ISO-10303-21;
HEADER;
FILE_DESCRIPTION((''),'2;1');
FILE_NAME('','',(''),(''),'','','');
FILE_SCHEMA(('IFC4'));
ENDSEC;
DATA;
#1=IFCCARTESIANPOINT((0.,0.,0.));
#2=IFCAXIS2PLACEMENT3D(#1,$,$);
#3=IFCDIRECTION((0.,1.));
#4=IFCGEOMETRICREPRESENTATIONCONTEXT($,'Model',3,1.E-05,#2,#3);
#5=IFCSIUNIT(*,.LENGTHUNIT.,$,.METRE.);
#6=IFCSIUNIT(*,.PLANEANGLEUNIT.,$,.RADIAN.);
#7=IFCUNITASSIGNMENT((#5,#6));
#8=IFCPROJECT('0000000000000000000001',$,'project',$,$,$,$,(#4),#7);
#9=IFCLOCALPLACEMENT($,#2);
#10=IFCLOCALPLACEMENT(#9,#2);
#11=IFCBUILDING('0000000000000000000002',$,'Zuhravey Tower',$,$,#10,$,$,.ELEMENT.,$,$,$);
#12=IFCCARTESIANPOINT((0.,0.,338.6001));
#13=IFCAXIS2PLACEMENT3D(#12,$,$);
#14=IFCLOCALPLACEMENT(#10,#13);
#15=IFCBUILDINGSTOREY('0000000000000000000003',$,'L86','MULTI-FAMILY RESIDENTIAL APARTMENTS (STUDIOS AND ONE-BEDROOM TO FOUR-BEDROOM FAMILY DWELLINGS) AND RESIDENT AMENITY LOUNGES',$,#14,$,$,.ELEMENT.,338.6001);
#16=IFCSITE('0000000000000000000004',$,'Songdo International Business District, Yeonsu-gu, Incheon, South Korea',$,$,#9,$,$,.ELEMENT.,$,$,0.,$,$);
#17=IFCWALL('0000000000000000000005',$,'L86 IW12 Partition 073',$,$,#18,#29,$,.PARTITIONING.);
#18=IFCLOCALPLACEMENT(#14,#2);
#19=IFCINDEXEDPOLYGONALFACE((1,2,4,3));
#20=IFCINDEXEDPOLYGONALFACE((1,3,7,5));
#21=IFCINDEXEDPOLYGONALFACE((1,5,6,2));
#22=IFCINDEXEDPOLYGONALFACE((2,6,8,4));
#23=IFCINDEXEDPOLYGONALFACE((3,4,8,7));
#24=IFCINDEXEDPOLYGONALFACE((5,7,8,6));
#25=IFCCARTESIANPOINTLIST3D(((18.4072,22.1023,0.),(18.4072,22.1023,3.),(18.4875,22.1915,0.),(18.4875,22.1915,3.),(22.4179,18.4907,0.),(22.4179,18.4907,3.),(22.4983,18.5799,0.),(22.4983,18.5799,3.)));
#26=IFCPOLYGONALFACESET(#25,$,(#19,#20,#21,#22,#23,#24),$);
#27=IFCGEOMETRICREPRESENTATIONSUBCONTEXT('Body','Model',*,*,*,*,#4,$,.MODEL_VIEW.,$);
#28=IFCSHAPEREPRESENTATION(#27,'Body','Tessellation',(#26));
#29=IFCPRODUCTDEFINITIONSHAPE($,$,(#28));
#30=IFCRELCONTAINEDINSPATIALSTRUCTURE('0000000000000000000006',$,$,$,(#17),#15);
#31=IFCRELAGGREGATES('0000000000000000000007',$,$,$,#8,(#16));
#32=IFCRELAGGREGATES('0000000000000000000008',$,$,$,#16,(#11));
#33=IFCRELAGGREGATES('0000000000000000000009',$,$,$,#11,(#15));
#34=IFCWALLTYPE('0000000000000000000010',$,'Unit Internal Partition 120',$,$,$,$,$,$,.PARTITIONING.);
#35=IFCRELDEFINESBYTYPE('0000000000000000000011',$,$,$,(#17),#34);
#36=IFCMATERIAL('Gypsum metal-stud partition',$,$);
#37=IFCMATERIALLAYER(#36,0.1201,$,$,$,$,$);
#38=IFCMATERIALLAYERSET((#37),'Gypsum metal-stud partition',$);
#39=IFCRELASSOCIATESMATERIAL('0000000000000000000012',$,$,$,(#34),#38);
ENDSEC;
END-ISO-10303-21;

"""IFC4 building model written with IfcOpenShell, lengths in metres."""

from ifc_helpers import new_model, si_unit, direction, frame, frame_2d, origin, place, context, subcontext, project, spatial, rectangle, extrude, material, layer, layer_set, type_object, element, save


model = new_model("IFC4")

# Units and contexts
model_context = context("Model", 3, precision=1e-05, world=origin(), true_north=direction((0.0, 1.0)))
body_context = subcontext(model_context, "Body", "Model", "MODEL_VIEW")
ifc_project = project(units=[si_unit("LENGTHUNIT", "METRE"), si_unit("PLANEANGLEUNIT", "RADIAN")], contexts=[model_context])

# Site, building, storey
site_placement = place(None, origin())
site = spatial("IfcSite", under=ifc_project, at=site_placement, Name="Songdo International Business District, Yeonsu-gu, Incheon, South Korea", CompositionType="ELEMENT", RefElevation=0.0)
building_placement = place(site_placement, origin())
building = spatial("IfcBuilding", under=site, at=building_placement, Name="Zuhravey Tower", CompositionType="ELEMENT")
storey_placement = place(building_placement, frame((0.0, 0.0, 338.6001)))
storey = spatial("IfcBuildingStorey", under=building, at=storey_placement, Name="L86", Description="MULTI-FAMILY RESIDENTIAL APARTMENTS (STUDIOS AND ONE-BEDROOM TO FOUR-BEDROOM FAMILY DWELLINGS) AND RESIDENT AMENITY LOUNGES", CompositionType="ELEMENT", Elevation=338.6001)

# Shared definitions
ifc_material_1 = material(Name="Gypsum metal-stud partition")
ifc_layer_1 = layer(ifc_material_1, 0.1201)
ifc_layer_set_1 = layer_set([ifc_layer_1], Name="Gypsum metal-stud partition")
wall_type_1 = type_object("IfcWallType", Name="Unit Internal Partition 120", PredefinedType="PARTITIONING", material=ifc_layer_set_1)

# Wall
wall_1_placement = place(storey_placement, frame((18.4473, 22.147, 0.0), z_axis=(0.0, 0.0, 1.0), x_axis=(0.743119, -0.66916, 0.0)))
element("IfcWall", 1, at=wall_1_placement, inside=storey, type_object=wall_type_1, Name="L86 IW12 Partition 073", PredefinedType="PARTITIONING", context=body_context, shape_type="SweptSolid", body=[
    extrude(rectangle(XDim=5.3972, YDim=0.1201, at=frame_2d((2.6987, 0.0))), origin(), (0.0, 0.0, 1.0), 3.0),
])

save(model, "model.ifc")
